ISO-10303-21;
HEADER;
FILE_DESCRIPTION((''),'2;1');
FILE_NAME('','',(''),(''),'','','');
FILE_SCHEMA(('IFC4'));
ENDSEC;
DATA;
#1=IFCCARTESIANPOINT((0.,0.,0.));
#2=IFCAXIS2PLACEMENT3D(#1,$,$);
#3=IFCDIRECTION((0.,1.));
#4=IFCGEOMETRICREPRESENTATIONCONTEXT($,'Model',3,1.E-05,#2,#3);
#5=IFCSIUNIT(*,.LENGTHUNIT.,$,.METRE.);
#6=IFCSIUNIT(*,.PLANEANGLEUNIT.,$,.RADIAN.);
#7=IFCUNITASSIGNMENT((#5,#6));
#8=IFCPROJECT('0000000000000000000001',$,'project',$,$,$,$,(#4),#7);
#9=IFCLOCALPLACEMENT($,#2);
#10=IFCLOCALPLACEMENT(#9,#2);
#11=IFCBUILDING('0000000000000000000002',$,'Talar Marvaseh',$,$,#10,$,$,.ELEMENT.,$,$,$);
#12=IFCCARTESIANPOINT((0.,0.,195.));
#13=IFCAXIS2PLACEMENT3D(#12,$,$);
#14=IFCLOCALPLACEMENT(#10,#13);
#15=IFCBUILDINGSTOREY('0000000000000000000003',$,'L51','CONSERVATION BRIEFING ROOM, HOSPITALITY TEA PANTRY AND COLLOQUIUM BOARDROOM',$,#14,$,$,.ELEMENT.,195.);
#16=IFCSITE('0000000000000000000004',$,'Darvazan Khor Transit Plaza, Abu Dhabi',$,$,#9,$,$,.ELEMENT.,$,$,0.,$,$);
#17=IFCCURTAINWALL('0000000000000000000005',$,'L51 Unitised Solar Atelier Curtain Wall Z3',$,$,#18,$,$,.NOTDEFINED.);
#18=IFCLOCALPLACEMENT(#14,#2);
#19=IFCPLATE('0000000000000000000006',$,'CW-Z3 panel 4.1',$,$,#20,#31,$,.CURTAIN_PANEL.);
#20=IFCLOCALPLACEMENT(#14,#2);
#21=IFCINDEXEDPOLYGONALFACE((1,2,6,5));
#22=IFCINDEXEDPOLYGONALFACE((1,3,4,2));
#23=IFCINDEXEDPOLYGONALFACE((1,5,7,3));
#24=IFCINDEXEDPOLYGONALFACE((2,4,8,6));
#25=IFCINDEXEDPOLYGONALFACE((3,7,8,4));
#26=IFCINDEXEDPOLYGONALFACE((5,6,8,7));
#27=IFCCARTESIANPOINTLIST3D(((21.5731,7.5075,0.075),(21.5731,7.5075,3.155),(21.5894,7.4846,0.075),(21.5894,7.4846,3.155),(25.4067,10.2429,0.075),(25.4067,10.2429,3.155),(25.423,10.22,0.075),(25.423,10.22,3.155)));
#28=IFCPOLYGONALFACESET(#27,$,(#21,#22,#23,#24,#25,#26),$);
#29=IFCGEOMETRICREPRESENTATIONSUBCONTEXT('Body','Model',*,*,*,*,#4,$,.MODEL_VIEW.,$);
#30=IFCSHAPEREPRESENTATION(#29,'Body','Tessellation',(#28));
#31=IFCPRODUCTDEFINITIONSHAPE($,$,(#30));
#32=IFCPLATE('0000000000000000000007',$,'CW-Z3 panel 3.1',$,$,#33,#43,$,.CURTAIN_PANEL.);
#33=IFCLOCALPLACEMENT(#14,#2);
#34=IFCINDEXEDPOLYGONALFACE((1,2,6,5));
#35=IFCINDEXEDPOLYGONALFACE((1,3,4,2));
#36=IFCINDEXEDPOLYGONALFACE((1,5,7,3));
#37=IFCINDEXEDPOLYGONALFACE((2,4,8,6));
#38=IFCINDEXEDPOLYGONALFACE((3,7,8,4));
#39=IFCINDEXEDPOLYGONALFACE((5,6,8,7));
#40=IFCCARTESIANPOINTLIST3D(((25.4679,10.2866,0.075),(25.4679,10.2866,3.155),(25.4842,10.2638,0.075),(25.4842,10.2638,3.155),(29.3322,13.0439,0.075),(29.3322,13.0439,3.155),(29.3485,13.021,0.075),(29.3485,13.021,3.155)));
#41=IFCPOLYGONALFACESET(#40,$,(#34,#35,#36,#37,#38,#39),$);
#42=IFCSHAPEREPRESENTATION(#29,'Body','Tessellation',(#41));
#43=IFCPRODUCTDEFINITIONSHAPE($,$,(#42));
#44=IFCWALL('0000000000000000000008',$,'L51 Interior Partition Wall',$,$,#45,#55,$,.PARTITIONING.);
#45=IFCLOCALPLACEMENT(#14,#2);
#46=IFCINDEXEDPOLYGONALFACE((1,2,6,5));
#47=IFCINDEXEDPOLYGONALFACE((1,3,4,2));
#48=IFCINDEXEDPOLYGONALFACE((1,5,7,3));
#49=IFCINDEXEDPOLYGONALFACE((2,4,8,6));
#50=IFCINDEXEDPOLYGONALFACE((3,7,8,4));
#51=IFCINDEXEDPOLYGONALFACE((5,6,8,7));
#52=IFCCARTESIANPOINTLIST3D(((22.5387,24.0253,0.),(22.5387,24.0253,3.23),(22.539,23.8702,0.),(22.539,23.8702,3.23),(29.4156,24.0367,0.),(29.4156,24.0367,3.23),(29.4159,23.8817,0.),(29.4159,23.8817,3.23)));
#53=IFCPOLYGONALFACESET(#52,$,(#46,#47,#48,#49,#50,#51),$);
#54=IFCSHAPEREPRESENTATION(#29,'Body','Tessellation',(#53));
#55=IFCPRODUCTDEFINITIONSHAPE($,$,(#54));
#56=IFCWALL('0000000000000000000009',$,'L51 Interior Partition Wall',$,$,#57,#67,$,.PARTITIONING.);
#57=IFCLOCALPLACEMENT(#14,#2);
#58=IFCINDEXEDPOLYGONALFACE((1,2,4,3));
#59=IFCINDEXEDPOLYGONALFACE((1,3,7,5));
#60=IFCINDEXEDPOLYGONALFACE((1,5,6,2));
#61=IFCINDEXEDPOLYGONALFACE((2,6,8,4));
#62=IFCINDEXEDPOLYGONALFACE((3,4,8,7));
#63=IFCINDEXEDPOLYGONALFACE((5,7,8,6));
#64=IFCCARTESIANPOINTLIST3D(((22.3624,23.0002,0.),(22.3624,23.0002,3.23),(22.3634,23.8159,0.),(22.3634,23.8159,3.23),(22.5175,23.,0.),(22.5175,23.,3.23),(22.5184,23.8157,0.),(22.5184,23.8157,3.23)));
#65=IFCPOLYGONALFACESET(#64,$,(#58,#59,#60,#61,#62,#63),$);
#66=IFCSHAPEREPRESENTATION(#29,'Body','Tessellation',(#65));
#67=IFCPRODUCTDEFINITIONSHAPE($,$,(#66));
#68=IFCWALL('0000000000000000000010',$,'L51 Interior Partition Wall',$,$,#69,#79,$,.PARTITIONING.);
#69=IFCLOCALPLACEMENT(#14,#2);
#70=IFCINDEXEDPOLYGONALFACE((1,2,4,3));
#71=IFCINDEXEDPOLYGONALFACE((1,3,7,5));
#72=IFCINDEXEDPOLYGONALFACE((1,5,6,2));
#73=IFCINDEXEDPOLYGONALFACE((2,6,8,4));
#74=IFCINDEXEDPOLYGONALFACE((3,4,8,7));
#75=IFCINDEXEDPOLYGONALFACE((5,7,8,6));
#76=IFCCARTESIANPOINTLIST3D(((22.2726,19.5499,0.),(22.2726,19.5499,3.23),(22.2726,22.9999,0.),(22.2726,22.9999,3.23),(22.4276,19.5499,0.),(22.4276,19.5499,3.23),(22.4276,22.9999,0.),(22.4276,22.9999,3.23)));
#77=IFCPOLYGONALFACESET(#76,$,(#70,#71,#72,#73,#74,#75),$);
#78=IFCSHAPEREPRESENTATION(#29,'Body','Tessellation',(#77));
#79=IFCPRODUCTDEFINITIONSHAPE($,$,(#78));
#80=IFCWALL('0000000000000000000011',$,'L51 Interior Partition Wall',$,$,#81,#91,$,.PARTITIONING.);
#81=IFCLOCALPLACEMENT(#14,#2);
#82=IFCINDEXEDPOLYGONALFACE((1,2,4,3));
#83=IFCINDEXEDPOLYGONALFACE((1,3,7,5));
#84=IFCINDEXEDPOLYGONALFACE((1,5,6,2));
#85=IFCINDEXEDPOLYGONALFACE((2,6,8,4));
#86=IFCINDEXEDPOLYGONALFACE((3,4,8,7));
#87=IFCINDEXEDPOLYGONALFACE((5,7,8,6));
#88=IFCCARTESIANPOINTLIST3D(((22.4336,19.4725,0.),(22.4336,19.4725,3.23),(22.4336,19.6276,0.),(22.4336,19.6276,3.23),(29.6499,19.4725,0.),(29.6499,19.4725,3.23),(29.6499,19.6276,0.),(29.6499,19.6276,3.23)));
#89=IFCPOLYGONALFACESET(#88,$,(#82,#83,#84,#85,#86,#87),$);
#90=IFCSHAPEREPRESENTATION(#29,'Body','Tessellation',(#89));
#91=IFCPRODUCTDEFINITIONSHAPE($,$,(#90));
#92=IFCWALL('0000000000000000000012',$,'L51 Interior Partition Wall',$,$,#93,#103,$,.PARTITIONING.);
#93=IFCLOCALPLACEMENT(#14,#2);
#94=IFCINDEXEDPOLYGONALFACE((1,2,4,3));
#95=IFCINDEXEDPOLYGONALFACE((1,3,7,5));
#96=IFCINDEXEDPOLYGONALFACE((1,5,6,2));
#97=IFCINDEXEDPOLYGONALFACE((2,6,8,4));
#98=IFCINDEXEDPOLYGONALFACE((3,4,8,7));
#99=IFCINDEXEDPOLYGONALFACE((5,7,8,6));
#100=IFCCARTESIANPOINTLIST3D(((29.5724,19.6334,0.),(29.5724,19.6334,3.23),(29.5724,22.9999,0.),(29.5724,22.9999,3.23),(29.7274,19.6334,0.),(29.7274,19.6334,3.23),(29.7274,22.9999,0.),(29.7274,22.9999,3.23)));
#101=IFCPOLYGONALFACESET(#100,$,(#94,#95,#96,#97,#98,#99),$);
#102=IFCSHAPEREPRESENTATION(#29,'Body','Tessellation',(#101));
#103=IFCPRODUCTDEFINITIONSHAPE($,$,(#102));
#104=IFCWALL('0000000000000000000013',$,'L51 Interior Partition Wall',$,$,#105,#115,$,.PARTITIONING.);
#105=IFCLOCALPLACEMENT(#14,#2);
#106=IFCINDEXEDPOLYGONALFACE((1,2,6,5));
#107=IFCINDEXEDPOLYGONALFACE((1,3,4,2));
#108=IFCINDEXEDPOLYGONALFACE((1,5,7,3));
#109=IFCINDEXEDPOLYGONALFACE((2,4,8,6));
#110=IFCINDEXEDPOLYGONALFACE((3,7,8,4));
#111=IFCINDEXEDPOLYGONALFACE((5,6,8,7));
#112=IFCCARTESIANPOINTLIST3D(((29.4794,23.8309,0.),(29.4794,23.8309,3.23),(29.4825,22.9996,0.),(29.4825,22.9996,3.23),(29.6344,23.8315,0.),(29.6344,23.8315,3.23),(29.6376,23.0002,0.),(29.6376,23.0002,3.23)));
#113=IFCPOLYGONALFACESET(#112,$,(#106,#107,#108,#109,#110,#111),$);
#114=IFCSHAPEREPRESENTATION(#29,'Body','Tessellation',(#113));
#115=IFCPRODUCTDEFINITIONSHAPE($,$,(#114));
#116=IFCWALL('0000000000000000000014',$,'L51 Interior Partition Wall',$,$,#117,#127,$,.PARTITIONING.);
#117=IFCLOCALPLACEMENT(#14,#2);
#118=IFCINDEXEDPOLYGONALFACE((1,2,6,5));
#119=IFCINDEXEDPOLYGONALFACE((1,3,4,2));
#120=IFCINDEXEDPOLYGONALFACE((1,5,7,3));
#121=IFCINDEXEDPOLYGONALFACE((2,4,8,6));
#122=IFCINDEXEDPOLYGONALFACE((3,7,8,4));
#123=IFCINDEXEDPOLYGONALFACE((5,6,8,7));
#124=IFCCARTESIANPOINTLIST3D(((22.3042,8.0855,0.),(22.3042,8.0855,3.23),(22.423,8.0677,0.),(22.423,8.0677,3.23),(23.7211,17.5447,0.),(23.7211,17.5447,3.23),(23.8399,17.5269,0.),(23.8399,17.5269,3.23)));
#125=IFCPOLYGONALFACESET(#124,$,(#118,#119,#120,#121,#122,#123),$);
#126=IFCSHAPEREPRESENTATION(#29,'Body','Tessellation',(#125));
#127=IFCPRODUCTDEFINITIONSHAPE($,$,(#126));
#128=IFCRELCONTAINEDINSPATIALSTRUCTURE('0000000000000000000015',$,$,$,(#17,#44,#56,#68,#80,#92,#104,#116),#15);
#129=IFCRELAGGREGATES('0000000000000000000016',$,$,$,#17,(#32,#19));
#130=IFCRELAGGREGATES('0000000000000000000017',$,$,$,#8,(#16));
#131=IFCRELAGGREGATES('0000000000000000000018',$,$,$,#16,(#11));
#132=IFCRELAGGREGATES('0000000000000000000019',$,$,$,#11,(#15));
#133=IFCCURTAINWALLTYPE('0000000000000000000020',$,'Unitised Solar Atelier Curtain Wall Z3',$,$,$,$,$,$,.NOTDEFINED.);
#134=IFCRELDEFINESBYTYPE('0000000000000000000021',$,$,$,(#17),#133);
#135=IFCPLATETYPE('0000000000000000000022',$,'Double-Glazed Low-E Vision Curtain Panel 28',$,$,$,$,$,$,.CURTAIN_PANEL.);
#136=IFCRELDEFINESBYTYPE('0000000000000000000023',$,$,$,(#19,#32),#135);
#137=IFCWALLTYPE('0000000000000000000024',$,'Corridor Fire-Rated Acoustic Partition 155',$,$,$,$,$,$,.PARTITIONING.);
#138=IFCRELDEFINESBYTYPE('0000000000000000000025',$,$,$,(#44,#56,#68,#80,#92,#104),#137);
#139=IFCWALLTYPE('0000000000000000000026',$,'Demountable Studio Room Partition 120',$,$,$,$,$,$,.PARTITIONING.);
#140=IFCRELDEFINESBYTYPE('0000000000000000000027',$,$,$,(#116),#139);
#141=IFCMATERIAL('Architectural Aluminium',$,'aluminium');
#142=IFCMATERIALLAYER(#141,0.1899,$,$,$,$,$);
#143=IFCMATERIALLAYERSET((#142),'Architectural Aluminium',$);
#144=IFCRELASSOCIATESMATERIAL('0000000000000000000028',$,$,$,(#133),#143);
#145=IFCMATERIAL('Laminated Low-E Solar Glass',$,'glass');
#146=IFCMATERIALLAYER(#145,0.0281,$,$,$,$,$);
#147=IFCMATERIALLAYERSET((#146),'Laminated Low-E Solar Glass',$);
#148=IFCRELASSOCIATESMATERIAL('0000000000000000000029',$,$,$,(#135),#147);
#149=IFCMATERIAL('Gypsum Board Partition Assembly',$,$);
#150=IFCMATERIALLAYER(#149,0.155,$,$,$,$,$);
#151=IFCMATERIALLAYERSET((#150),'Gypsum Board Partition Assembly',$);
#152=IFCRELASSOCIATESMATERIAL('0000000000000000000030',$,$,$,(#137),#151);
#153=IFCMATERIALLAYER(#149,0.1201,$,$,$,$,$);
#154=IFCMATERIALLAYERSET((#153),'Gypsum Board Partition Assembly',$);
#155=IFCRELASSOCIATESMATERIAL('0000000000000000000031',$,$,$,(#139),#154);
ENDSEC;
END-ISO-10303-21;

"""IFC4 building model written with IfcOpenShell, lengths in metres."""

from ifc_helpers import new_model, si_unit, direction, frame, frame_2d, origin, origin_2d, place, context, subcontext, project, spatial, rectangle, extrude, source, transform, mapped, material, layer, layer_set, type_object, type_shapes, element, aggregate, save


model = new_model("IFC4")

# Units and contexts
model_context = context("Model", 3, precision=1e-05, world=origin(), true_north=direction((0.0, 1.0)))
body_context = subcontext(model_context, "Body", "Model", "MODEL_VIEW")
ifc_project = project(units=[si_unit("LENGTHUNIT", "METRE"), si_unit("PLANEANGLEUNIT", "RADIAN")], contexts=[model_context])

# Site, building, storey
site_placement = place(None, origin())
site = spatial("IfcSite", under=ifc_project, at=site_placement, Name="Darvazan Khor Transit Plaza, Abu Dhabi", CompositionType="ELEMENT", RefElevation=0.0)
building_placement = place(site_placement, origin())
building = spatial("IfcBuilding", under=site, at=building_placement, Name="Talar Marvaseh", CompositionType="ELEMENT")
storey_placement = place(building_placement, frame((0.0, 0.0, 195.0)))
storey = spatial("IfcBuildingStorey", under=building, at=storey_placement, Name="L51", Description="CONSERVATION BRIEFING ROOM, HOSPITALITY TEA PANTRY AND COLLOQUIUM BOARDROOM", CompositionType="ELEMENT", Elevation=195.0)

# Curtain wall, plates
ifc_material_1 = material(Name="Architectural Aluminium", Category="aluminium")
ifc_layer_1 = layer(ifc_material_1, 0.1899)
ifc_layer_set_1 = layer_set([ifc_layer_1], Name="Architectural Aluminium")
curtain_wall_type = type_object("IfcCurtainWallType", Name="Unitised Solar Atelier Curtain Wall Z3", PredefinedType="NOTDEFINED", material=ifc_layer_set_1)
curtain_wall_placement = place(storey_placement, origin())
curtain_wall = element("IfcCurtainWall", 1, at=curtain_wall_placement, inside=storey, type_object=curtain_wall_type, Name="L51 Unitised Solar Atelier Curtain Wall Z3", PredefinedType="NOTDEFINED")
ifc_material_2 = material(Name="Laminated Low-E Solar Glass", Category="glass")
ifc_layer_2 = layer(ifc_material_2, 0.0281)
ifc_layer_set_2 = layer_set([ifc_layer_2], Name="Laminated Low-E Solar Glass")
plate_type = type_object("IfcPlateType", Name="Double-Glazed Low-E Vision Curtain Panel 28", PredefinedType="CURTAIN_PANEL", material=ifc_layer_set_2)
shared_shape_1 = source(origin(), body_context, "Body", "SweptSolid", [
    extrude(rectangle(XDim=4.7095, YDim=0.0281, at=origin_2d()), origin(), (0.0, 0.0, 1.0), 3.0801),
])
plate_1_placement = place(storey_placement, frame((23.498, 8.8638, 0.075), z_axis=(0.0, 0.0, 1.0), x_axis=(-0.814024, -0.580831, 0.0)))
plate_1 = element("IfcPlate", 2, at=plate_1_placement, type_object=plate_type, Name="CW-Z3 panel 4.1", PredefinedType="CURTAIN_PANEL", context=body_context, shape_type="MappedRepresentation", body=[
    mapped(shared_shape_1, transform((0.0, 0.0, 0.0), x_axis=(1.0, 0.0, 0.0), y_axis=(0.0, 1.0, 0.0), z_axis=(0.0, 0.0, 1.0), scale=1.0)),
])
shared_shape_2 = source(origin(), body_context, "Body", "SweptSolid", [
    extrude(rectangle(XDim=4.7471, YDim=0.0281, at=origin_2d()), origin(), (0.0, 0.0, 1.0), 3.0801),
])
type_shapes(plate_type, [shared_shape_1, shared_shape_2])
plate_2_placement = place(storey_placement, frame((27.4082, 11.6538, 0.075), z_axis=(0.0, 0.0, 1.0), x_axis=(-0.814024, -0.580831, 0.0)))
plate_2 = element("IfcPlate", 3, at=plate_2_placement, type_object=plate_type, Name="CW-Z3 panel 3.1", PredefinedType="CURTAIN_PANEL", context=body_context, shape_type="MappedRepresentation", body=[
    mapped(shared_shape_2, transform((0.0, 0.0, 0.0), x_axis=(1.0, 0.0, 0.0), y_axis=(0.0, 1.0, 0.0), z_axis=(0.0, 0.0, 1.0), scale=1.0)),
])
aggregate(curtain_wall, [plate_2, plate_1])

# Walls
ifc_material_3 = material(Name="Gypsum Board Partition Assembly")
ifc_layer_3 = layer(ifc_material_3, 0.155)
ifc_layer_set_3 = layer_set([ifc_layer_3], Name="Gypsum Board Partition Assembly")
wall_type_1 = type_object("IfcWallType", Name="Corridor Fire-Rated Acoustic Partition 155", PredefinedType="PARTITIONING", material=ifc_layer_set_3)
wall_1_placement = place(storey_placement, frame((29.4158, 23.9592, 0.0), z_axis=(0.0, 0.0, 1.0), x_axis=(-0.999999, -0.001669, 0.0)))
element("IfcWall", 4, at=wall_1_placement, inside=storey, type_object=wall_type_1, Name="L51 Interior Partition Wall", PredefinedType="PARTITIONING", context=body_context, shape_type="SweptSolid", body=[
    extrude(rectangle(XDim=6.877, YDim=0.155, at=frame_2d((3.4385, 0.0))), origin(), (0.0, 0.0, 1.0), 3.23),
])
wall_2_placement = place(storey_placement, frame((22.4409, 23.8157, 0.0), z_axis=(0.0, 0.0, 1.0), x_axis=(-0.001197, -0.999999, 0.0)))
element("IfcWall", 5, at=wall_2_placement, inside=storey, type_object=wall_type_1, Name="L51 Interior Partition Wall", PredefinedType="PARTITIONING", context=body_context, shape_type="SweptSolid", body=[
    extrude(rectangle(XDim=0.8157, YDim=0.155, at=frame_2d((0.4077, 0.0))), origin(), (0.0, 0.0, 1.0), 3.23),
])
wall_3_placement = place(storey_placement, frame((22.3501, 23.0, 0.0), z_axis=(0.0, 0.0, 1.0), x_axis=(0.0, -1.0, 0.0)))
element("IfcWall", 6, at=wall_3_placement, inside=storey, type_object=wall_type_1, Name="L51 Interior Partition Wall", PredefinedType="PARTITIONING", context=body_context, shape_type="SweptSolid", body=[
    extrude(rectangle(XDim=3.45, YDim=0.155, at=frame_2d((1.7251, 0.0))), origin(), (0.0, 0.0, 1.0), 3.23),
])
wall_4_placement = place(storey_placement, frame((22.4336, 19.55, 0.0), z_axis=(0.0, 0.0, 1.0), x_axis=(1.0, 0.0, 0.0)))
element("IfcWall", 7, at=wall_4_placement, inside=storey, type_object=wall_type_1, Name="L51 Interior Partition Wall", PredefinedType="PARTITIONING", context=body_context, shape_type="SweptSolid", body=[
    extrude(rectangle(XDim=7.2163, YDim=0.155, at=frame_2d((3.6082, 0.0))), origin(), (0.0, 0.0, 1.0), 3.23),
])
wall_5_placement = place(storey_placement, frame((29.6499, 19.6335, 0.0), z_axis=(0.0, 0.0, 1.0), x_axis=(0.0, 1.0, 0.0)))
element("IfcWall", 8, at=wall_5_placement, inside=storey, type_object=wall_type_1, Name="L51 Interior Partition Wall", PredefinedType="PARTITIONING", context=body_context, shape_type="SweptSolid", body=[
    extrude(rectangle(XDim=3.3665, YDim=0.155, at=frame_2d((1.6831, 0.0))), origin(), (0.0, 0.0, 1.0), 3.23),
])
wall_6_placement = place(storey_placement, frame((29.5601, 23.0, 0.0), z_axis=(0.0, 0.0, 1.0), x_axis=(-0.003818, 0.999993, 0.0)))
element("IfcWall", 9, at=wall_6_placement, inside=storey, type_object=wall_type_1, Name="L51 Interior Partition Wall", PredefinedType="PARTITIONING", context=body_context, shape_type="SweptSolid", body=[
    extrude(rectangle(XDim=0.8313, YDim=0.155, at=frame_2d((0.4155, 0.0))), origin(), (0.0, 0.0, 1.0), 3.23),
])
ifc_layer_4 = layer(ifc_material_3, 0.1201)
ifc_layer_set_4 = layer_set([ifc_layer_4], Name="Gypsum Board Partition Assembly")
wall_type_2 = type_object("IfcWallType", Name="Demountable Studio Room Partition 120", PredefinedType="PARTITIONING", material=ifc_layer_set_4)
wall_7_placement = place(storey_placement, frame((23.7805, 17.5356, 0.0), z_axis=(0.0, 0.0, 1.0), x_axis=(-0.148147, -0.988965, 0.0)))
element("IfcWall", 10, at=wall_7_placement, inside=storey, type_object=wall_type_2, Name="L51 Interior Partition Wall", PredefinedType="PARTITIONING", context=body_context, shape_type="SweptSolid", body=[
    extrude(rectangle(XDim=9.5647, YDim=0.1201, at=frame_2d((4.7822, 0.0))), origin(), (0.0, 0.0, 1.0), 3.23),
])

save(model, "model.ifc")
